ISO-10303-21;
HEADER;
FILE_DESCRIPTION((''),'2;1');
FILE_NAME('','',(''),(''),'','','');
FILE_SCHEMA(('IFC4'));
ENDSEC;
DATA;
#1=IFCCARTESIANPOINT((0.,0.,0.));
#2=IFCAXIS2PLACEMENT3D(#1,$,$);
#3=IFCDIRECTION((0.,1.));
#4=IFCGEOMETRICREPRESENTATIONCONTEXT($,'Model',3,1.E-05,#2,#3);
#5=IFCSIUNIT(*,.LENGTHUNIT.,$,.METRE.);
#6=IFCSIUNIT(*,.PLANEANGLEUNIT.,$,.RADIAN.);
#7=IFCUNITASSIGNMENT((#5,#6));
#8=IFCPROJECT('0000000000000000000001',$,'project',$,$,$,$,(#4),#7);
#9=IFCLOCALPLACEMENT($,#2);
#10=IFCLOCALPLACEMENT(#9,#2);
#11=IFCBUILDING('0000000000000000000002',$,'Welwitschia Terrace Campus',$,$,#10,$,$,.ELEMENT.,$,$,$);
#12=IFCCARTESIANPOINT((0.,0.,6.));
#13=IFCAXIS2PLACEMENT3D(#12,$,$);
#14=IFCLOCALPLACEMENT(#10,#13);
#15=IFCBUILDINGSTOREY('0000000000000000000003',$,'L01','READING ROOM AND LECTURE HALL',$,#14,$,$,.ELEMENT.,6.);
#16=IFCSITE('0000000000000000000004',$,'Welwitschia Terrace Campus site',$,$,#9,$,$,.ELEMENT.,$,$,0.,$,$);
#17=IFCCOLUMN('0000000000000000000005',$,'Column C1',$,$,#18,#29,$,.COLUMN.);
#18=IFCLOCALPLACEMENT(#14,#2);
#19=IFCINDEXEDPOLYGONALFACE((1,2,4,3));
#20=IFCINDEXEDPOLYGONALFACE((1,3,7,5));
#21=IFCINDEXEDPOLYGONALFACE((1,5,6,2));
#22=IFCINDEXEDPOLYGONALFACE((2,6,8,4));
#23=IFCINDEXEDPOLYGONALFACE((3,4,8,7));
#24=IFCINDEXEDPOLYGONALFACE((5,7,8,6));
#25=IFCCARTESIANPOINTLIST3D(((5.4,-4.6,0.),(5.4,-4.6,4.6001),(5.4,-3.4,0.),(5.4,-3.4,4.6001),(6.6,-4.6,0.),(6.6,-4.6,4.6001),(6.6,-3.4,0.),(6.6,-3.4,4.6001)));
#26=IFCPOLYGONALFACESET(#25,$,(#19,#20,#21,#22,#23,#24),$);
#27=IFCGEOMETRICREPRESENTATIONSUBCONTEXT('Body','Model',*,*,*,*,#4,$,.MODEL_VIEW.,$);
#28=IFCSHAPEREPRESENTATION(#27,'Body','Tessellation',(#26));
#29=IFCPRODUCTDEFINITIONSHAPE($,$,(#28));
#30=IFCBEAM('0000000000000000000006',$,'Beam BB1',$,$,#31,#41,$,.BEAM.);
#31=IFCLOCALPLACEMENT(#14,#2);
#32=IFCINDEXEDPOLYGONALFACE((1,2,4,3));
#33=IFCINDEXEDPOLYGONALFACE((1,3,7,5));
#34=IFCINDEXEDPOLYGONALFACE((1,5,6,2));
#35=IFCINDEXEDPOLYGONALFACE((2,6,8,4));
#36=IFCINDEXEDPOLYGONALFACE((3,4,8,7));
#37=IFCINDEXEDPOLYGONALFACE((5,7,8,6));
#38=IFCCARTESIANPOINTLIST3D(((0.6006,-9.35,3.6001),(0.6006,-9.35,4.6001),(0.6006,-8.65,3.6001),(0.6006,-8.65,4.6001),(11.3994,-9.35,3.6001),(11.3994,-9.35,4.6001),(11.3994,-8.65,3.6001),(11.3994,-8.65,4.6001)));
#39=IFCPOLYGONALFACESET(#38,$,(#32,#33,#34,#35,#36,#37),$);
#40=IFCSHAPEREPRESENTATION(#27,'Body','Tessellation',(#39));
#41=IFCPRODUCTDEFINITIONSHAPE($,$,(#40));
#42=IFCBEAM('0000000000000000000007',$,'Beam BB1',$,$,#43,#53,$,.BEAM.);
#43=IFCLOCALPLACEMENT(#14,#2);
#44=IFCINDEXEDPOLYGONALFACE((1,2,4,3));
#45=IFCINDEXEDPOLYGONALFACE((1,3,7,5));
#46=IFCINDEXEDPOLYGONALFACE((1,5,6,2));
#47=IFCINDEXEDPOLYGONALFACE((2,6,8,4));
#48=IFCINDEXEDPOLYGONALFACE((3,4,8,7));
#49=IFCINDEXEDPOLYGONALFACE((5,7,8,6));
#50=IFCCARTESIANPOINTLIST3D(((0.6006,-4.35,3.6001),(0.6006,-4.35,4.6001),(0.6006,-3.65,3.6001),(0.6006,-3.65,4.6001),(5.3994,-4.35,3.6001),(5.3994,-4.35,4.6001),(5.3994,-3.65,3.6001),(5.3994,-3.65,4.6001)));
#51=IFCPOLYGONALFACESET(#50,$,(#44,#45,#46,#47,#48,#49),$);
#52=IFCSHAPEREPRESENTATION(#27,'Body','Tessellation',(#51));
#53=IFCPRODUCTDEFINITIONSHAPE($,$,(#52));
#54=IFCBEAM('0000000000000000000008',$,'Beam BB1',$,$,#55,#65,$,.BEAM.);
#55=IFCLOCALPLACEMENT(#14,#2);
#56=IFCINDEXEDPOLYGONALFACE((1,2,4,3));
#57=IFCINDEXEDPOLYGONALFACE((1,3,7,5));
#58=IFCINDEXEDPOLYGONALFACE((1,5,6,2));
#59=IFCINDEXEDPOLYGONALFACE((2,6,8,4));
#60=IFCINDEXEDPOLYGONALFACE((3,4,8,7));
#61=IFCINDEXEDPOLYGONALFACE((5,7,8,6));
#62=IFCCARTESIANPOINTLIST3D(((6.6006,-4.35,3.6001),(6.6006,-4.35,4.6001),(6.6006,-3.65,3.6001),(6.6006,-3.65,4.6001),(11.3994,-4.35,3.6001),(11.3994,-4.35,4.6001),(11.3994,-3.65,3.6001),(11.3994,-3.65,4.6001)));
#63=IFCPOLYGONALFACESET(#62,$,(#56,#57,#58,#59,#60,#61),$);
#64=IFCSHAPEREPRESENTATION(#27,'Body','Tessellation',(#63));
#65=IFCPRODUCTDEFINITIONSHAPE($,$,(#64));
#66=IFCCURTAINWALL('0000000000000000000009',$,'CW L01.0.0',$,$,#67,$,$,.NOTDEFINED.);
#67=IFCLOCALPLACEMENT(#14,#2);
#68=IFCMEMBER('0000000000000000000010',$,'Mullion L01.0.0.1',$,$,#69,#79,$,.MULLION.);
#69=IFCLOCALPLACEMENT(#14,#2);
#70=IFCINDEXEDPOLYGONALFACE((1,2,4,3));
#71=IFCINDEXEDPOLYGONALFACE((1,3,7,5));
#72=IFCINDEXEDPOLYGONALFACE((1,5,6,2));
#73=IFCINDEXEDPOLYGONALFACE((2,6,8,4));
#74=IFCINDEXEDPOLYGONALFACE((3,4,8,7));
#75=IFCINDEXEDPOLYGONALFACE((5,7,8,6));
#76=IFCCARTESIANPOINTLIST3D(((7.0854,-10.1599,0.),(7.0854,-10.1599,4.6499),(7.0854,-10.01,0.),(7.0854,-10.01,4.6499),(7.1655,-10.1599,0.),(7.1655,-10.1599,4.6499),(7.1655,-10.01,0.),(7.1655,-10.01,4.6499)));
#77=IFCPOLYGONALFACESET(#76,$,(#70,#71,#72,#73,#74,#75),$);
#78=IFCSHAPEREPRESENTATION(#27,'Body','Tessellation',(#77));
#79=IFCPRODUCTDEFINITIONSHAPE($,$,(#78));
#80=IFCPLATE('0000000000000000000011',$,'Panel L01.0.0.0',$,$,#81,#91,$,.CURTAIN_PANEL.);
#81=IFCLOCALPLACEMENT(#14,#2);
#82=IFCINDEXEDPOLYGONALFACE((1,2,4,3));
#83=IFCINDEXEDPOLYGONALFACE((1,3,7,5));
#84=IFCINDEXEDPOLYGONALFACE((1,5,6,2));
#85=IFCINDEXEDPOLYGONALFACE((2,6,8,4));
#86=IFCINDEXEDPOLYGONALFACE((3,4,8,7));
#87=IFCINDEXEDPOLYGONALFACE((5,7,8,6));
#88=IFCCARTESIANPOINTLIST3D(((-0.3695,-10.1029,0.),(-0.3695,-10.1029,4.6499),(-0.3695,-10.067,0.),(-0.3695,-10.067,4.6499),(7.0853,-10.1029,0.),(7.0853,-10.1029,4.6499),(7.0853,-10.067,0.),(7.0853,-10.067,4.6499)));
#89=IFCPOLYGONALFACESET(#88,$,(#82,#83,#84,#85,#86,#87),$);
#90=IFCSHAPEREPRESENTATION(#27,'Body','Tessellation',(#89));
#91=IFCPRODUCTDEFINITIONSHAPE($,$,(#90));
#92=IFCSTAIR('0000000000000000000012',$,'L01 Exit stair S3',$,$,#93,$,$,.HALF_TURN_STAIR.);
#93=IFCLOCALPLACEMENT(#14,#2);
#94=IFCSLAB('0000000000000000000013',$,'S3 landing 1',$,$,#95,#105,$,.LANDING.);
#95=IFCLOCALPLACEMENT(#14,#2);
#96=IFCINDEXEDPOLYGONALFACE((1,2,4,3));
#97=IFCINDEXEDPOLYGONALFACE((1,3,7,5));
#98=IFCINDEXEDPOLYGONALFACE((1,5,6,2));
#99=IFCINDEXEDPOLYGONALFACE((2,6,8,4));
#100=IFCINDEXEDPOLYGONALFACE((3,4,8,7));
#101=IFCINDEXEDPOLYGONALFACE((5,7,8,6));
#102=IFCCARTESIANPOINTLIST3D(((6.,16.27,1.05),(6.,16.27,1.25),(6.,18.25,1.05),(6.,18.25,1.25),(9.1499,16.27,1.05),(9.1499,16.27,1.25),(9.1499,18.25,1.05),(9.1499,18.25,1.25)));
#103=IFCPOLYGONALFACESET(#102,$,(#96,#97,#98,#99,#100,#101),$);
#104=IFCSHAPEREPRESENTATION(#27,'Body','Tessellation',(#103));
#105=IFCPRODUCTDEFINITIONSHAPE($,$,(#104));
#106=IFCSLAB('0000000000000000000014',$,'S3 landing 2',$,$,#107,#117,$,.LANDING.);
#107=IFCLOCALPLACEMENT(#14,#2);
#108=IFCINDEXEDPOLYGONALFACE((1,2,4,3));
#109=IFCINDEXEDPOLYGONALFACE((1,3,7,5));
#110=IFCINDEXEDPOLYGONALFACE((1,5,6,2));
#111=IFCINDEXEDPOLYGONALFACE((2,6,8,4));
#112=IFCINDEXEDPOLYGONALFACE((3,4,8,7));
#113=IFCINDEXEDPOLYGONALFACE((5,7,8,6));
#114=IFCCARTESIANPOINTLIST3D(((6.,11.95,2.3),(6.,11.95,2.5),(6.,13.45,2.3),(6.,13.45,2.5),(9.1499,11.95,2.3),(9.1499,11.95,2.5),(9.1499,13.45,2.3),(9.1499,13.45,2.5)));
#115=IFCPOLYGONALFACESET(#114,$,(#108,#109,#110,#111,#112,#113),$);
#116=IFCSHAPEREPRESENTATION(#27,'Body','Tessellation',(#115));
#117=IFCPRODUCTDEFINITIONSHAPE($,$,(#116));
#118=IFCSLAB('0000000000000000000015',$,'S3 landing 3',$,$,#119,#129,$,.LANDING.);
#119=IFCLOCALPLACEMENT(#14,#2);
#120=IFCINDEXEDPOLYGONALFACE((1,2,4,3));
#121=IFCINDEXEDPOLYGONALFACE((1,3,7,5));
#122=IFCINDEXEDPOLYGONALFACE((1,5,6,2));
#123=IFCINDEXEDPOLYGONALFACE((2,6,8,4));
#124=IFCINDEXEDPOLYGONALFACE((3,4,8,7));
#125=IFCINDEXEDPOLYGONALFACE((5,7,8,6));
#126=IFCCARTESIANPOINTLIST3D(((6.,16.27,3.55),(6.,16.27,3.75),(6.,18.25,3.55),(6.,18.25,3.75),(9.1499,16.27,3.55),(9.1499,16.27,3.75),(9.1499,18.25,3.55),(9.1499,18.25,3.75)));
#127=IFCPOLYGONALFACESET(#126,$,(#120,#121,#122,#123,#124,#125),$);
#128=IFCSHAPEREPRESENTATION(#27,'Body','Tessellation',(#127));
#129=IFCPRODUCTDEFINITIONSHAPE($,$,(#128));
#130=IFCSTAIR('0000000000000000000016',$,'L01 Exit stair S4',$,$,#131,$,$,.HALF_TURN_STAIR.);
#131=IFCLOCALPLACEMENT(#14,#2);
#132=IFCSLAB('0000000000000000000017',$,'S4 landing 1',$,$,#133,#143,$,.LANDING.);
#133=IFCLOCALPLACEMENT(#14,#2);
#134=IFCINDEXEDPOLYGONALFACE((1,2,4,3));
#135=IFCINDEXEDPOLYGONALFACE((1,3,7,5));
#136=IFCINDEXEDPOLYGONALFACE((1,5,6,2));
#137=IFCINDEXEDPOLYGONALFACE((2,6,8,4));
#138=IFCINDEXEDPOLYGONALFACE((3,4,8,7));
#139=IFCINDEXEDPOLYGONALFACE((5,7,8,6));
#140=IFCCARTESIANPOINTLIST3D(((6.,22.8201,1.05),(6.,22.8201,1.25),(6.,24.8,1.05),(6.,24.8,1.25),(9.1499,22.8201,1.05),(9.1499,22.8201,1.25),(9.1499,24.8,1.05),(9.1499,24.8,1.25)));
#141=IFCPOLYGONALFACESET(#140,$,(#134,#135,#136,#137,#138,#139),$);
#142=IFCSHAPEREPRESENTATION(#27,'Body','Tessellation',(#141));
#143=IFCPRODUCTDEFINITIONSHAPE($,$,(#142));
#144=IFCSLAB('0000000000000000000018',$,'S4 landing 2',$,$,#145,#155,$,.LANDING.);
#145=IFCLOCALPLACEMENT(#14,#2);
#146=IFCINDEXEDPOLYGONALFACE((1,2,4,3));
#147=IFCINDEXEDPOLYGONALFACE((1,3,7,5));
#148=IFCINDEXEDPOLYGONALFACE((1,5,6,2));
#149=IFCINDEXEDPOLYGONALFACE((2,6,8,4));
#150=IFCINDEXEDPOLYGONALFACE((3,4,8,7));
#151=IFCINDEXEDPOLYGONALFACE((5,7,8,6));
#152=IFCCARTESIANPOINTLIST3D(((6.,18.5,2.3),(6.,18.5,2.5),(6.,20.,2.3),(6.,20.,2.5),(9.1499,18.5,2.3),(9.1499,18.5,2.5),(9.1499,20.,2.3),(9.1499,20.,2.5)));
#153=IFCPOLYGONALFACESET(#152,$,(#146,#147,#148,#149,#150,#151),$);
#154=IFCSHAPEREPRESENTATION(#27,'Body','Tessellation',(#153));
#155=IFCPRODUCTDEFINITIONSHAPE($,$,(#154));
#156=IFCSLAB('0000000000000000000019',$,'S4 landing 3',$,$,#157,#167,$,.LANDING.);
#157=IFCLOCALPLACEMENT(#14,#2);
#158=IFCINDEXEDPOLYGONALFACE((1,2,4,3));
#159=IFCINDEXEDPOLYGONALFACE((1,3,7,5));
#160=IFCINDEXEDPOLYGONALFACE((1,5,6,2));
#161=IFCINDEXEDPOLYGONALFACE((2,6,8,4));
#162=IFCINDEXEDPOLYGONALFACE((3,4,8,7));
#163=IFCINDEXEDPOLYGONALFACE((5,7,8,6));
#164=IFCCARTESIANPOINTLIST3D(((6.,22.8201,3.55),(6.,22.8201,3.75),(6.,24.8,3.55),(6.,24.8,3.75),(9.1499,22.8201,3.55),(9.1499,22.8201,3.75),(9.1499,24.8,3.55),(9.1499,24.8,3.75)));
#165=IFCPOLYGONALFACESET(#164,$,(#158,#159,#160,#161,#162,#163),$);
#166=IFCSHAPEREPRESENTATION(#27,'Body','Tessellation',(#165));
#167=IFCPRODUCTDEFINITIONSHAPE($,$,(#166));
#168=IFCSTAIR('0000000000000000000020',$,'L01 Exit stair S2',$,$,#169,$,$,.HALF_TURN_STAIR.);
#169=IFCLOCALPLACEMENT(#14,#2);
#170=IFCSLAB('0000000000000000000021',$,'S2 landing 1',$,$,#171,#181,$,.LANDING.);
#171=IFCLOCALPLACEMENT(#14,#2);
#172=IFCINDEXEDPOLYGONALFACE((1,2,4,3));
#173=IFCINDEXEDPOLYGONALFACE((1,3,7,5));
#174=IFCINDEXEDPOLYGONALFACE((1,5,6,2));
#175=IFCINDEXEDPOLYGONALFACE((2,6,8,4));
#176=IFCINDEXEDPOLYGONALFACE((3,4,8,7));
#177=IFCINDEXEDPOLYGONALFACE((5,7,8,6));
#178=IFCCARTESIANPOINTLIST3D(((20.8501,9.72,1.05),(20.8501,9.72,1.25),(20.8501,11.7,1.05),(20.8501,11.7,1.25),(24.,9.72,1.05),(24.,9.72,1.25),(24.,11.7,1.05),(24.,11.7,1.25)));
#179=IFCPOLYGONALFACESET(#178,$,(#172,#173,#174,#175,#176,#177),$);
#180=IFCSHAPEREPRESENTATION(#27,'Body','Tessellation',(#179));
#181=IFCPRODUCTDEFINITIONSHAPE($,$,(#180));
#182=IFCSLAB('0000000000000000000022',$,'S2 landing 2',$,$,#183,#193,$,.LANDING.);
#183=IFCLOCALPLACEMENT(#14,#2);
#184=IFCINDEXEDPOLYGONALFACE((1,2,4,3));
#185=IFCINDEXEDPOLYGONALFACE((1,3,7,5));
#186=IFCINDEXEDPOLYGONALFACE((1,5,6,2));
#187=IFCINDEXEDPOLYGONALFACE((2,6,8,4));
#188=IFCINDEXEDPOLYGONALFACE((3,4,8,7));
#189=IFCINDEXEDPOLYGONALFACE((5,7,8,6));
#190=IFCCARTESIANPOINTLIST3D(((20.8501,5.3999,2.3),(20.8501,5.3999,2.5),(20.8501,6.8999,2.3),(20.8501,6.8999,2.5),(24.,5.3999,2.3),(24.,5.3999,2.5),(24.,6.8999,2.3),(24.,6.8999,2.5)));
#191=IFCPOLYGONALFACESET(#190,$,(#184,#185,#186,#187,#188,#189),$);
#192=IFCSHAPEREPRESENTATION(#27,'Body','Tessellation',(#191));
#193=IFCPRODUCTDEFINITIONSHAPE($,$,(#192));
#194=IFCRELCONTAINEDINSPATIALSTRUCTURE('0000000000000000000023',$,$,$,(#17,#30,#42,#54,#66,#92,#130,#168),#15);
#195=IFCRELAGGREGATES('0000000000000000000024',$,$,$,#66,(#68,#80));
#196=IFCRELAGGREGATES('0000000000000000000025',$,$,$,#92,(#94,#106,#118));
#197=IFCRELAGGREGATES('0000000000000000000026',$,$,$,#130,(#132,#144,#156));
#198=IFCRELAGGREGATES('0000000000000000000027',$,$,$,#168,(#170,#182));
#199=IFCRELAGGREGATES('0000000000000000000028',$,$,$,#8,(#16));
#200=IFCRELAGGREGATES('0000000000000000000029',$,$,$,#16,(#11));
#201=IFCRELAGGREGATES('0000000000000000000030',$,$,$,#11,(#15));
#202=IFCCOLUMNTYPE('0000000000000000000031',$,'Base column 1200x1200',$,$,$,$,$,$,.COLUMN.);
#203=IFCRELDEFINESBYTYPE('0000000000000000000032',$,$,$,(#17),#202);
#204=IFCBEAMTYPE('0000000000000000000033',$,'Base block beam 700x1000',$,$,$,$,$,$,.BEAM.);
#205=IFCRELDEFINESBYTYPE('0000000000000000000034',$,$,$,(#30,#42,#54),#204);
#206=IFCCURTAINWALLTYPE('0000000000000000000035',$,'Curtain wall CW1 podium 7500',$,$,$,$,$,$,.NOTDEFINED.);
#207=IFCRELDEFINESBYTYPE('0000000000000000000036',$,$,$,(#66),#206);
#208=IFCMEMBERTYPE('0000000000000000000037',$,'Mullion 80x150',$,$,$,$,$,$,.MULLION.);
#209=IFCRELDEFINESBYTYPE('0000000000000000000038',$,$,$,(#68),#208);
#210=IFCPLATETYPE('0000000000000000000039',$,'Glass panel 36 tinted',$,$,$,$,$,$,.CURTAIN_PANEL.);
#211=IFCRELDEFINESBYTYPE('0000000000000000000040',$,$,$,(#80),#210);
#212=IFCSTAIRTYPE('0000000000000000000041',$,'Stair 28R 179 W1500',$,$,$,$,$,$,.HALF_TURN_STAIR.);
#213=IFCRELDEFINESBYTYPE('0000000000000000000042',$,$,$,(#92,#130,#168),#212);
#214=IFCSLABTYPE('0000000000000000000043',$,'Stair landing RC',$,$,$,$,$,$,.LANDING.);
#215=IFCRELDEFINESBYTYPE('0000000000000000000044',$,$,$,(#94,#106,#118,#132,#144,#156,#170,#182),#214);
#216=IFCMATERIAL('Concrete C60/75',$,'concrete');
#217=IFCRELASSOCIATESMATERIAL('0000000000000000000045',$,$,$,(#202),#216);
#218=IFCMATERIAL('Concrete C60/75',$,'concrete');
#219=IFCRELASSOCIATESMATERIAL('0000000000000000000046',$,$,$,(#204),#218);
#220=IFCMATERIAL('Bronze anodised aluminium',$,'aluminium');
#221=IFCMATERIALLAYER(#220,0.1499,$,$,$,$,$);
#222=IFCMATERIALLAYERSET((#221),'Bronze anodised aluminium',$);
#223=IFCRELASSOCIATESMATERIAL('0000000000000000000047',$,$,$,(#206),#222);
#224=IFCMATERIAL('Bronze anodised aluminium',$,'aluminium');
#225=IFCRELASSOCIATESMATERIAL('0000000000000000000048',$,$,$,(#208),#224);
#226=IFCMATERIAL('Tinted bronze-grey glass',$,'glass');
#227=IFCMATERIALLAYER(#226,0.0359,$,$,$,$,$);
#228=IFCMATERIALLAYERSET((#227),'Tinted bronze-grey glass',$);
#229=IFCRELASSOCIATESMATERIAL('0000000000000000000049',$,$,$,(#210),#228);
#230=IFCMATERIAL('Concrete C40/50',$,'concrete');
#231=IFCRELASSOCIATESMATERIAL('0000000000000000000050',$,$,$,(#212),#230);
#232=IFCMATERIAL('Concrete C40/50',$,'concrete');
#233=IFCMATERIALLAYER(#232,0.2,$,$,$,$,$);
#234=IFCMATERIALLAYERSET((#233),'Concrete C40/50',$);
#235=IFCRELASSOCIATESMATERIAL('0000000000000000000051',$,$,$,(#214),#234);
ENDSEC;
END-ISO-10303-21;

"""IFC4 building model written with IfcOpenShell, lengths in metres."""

from ifc_helpers import new_model, si_unit, direction, frame, origin, origin_2d, place, context, subcontext, project, spatial, polyline, rectangle, outline, extrude, material, layer, layer_set, material_profile, profile_set, type_object, element, aggregate, save


model = new_model("IFC4")

# Units and contexts
model_context = context("Model", 3, precision=1e-05, world=origin(), true_north=direction((0.0, 1.0)))
body_context = subcontext(model_context, "Body", "Model", "MODEL_VIEW")
ifc_project = project(units=[si_unit("LENGTHUNIT", "METRE"), si_unit("PLANEANGLEUNIT", "RADIAN")], contexts=[model_context])

# Site, building, storey
site_placement = place(None, origin())
site = spatial("IfcSite", under=ifc_project, at=site_placement, Name="Welwitschia Terrace Campus site", CompositionType="ELEMENT", RefElevation=0.0)
building_placement = place(site_placement, origin())
building = spatial("IfcBuilding", under=site, at=building_placement, Name="Welwitschia Terrace Campus", CompositionType="ELEMENT")
storey_placement = place(building_placement, frame((0.0, 0.0, 6.0)))
storey = spatial("IfcBuildingStorey", under=building, at=storey_placement, Name="L01", Description="READING ROOM AND LECTURE HALL", CompositionType="ELEMENT", Elevation=6.0)

# Column
ifc_material_1 = material(Name="Concrete C60/75", Category="concrete")
ifc_material_profile_1 = material_profile(ifc_material_1, rectangle(XDim=1.2, YDim=1.2, at=origin_2d()))
ifc_profile_set_1 = profile_set([ifc_material_profile_1], Name="Concrete C60/75")
column_type = type_object("IfcColumnType", Name="Base column 1200x1200", PredefinedType="COLUMN", material=ifc_profile_set_1)
column_placement = place(storey_placement, frame((6.0, -4.0, 0.0), z_axis=(0.0, 0.0, 1.0), x_axis=(1.0, 0.0, 0.0)))
element("IfcColumn", 1, at=column_placement, inside=storey, type_object=column_type, Name="Column C1", PredefinedType="COLUMN", context=body_context, shape_type="SweptSolid", body=[
    extrude(rectangle(XDim=1.2, YDim=1.2, at=origin_2d()), origin(), (0.0, 0.0, 1.0), 4.6001),
])

# Beams
ifc_material_2 = material(Name="Concrete C60/75", Category="concrete")
ifc_material_profile_2 = material_profile(ifc_material_2, rectangle(XDim=0.7, YDim=1.0, at=origin_2d()))
ifc_profile_set_2 = profile_set([ifc_material_profile_2], Name="Concrete C60/75")
beam_type = type_object("IfcBeamType", Name="Base block beam 700x1000", PredefinedType="BEAM", material=ifc_profile_set_2)
beam_placement = place(storey_placement, frame((0.6006, -9.0, 4.1001), z_axis=(1.0, 0.0, 0.0), x_axis=(0.0, 1.0, 0.0)))
element("IfcBeam", 2, at=beam_placement, inside=storey, type_object=beam_type, Name="Beam BB1", PredefinedType="BEAM", context=body_context, shape_type="SweptSolid", body=[
    extrude(rectangle(XDim=0.7, YDim=1.0, at=origin_2d()), origin(), (0.0, 0.0, 1.0), 10.7988),
])
for number, where, z_axis, x_axis, name in (
    (3, (0.6006, -4.0, 4.1001), (1.0, 0.0, 0.0), (0.0, 1.0, 0.0), "Beam BB1"),
    (4, (6.6006, -4.0, 4.1001), (1.0, 0.0, 0.0), (0.0, 1.0, 0.0), "Beam BB1"),
):
    element("IfcBeam", number, at=place(storey_placement, frame(where, z_axis=z_axis, x_axis=x_axis)), inside=storey, type_object=beam_type, Name=name, PredefinedType="BEAM", context=body_context, shape_type="SweptSolid", body=[
        extrude(rectangle(XDim=0.7, YDim=1.0, at=origin_2d()), origin(), (0.0, 0.0, 1.0), 4.7988),
    ])

# Curtain wall, member, plate
ifc_material_3 = material(Name="Bronze anodised aluminium", Category="aluminium")
ifc_layer_1 = layer(ifc_material_3, 0.1499)
ifc_layer_set_1 = layer_set([ifc_layer_1], Name="Bronze anodised aluminium")
curtain_wall_type = type_object("IfcCurtainWallType", Name="Curtain wall CW1 podium 7500", PredefinedType="NOTDEFINED", material=ifc_layer_set_1)
curtain_wall_placement = place(storey_placement, origin())
curtain_wall = element("IfcCurtainWall", 5, at=curtain_wall_placement, inside=storey, type_object=curtain_wall_type, Name="CW L01.0.0", PredefinedType="NOTDEFINED")
ifc_material_4 = material(Name="Bronze anodised aluminium", Category="aluminium")
ifc_material_profile_3 = material_profile(ifc_material_4, rectangle(XDim=0.1499, YDim=0.0801, at=origin_2d()))
ifc_profile_set_3 = profile_set([ifc_material_profile_3], Name="Bronze anodised aluminium")
member_type = type_object("IfcMemberType", Name="Mullion 80x150", PredefinedType="MULLION", material=ifc_profile_set_3)
member_placement = place(storey_placement, frame((7.1255, -10.085, 0.0), z_axis=(0.0, 0.0, 1.0), x_axis=(0.0, 1.0, 0.0)))
member = element("IfcMember", 6, at=member_placement, type_object=member_type, Name="Mullion L01.0.0.1", PredefinedType="MULLION", context=body_context, shape_type="SweptSolid", body=[
    extrude(rectangle(XDim=0.1499, YDim=0.0801, at=origin_2d()), origin(), (0.0, 0.0, 1.0), 4.6499),
])
ifc_material_5 = material(Name="Tinted bronze-grey glass", Category="glass")
ifc_layer_2 = layer(ifc_material_5, 0.0359)
ifc_layer_set_2 = layer_set([ifc_layer_2], Name="Tinted bronze-grey glass")
plate_type = type_object("IfcPlateType", Name="Glass panel 36 tinted", PredefinedType="CURTAIN_PANEL", material=ifc_layer_set_2)
plate_placement = place(storey_placement, frame((3.3579, -10.085, 0.0), z_axis=(0.0, 0.0, 1.0), x_axis=(1.0, 0.0, 0.0)))
plate = element("IfcPlate", 7, at=plate_placement, type_object=plate_type, Name="Panel L01.0.0.0", PredefinedType="CURTAIN_PANEL", context=body_context, shape_type="SweptSolid", body=[
    extrude(rectangle(XDim=7.4548, YDim=0.0359, at=origin_2d()), origin(), (0.0, 0.0, 1.0), 4.6499),
])
aggregate(curtain_wall, [member, plate])

# Stairs, slabs
ifc_material_6 = material(Name="Concrete C40/50", Category="concrete")
stair_type = type_object("IfcStairType", Name="Stair 28R 179 W1500", PredefinedType="HALF_TURN_STAIR", material=ifc_material_6)
stair_1_placement = place(storey_placement, origin())
stair_1 = element("IfcStair", 8, at=stair_1_placement, inside=storey, type_object=stair_type, Name="L01 Exit stair S3", PredefinedType="HALF_TURN_STAIR")
ifc_material_7 = material(Name="Concrete C40/50", Category="concrete")
ifc_layer_3 = layer(ifc_material_7, 0.2)
ifc_layer_set_3 = layer_set([ifc_layer_3], Name="Concrete C40/50")
slab_type = type_object("IfcSlabType", Name="Stair landing RC", PredefinedType="LANDING", material=ifc_layer_set_3)
slab_1_placement = place(storey_placement, frame((0.0, 0.0, 1.05)))
slab_1 = element("IfcSlab", 9, at=slab_1_placement, type_object=slab_type, Name="S3 landing 1", PredefinedType="LANDING", context=body_context, shape_type="SweptSolid", body=[
    extrude(outline(polyline([(9.1499, 16.27), (9.1499, 18.25), (6.0, 18.25), (6.0, 16.27), (9.1499, 16.27)])), origin(), (0.0, 0.0, 1.0), 0.2),
])
slab_2_placement = place(storey_placement, frame((0.0, 0.0, 2.3)))
slab_2 = element("IfcSlab", 10, at=slab_2_placement, type_object=slab_type, Name="S3 landing 2", PredefinedType="LANDING", context=body_context, shape_type="SweptSolid", body=[
    extrude(outline(polyline([(9.1499, 11.95), (9.1499, 13.45), (6.0, 13.45), (6.0, 11.95), (9.1499, 11.95)])), origin(), (0.0, 0.0, 1.0), 0.2),
])
slab_3_placement = place(storey_placement, frame((0.0, 0.0, 3.55)))
slab_3 = element("IfcSlab", 11, at=slab_3_placement, type_object=slab_type, Name="S3 landing 3", PredefinedType="LANDING", context=body_context, shape_type="SweptSolid", body=[
    extrude(outline(polyline([(9.1499, 16.27), (9.1499, 18.25), (6.0, 18.25), (6.0, 16.27), (9.1499, 16.27)])), origin(), (0.0, 0.0, 1.0), 0.2),
])
aggregate(stair_1, [slab_1, slab_2, slab_3])
stair_2_placement = place(storey_placement, origin())
stair_2 = element("IfcStair", 12, at=stair_2_placement, inside=storey, type_object=stair_type, Name="L01 Exit stair S4", PredefinedType="HALF_TURN_STAIR")
slab_4_placement = place(storey_placement, frame((0.0, 0.0, 1.05)))
slab_4 = element("IfcSlab", 13, at=slab_4_placement, type_object=slab_type, Name="S4 landing 1", PredefinedType="LANDING", context=body_context, shape_type="SweptSolid", body=[
    extrude(outline(polyline([(9.1499, 22.8201), (9.1499, 24.8), (6.0, 24.8), (6.0, 22.8201), (9.1499, 22.8201)])), origin(), (0.0, 0.0, 1.0), 0.2),
])
slab_5_placement = place(storey_placement, frame((0.0, 0.0, 2.3)))
slab_5 = element("IfcSlab", 14, at=slab_5_placement, type_object=slab_type, Name="S4 landing 2", PredefinedType="LANDING", context=body_context, shape_type="SweptSolid", body=[
    extrude(outline(polyline([(9.1499, 18.5), (9.1499, 20.0), (6.0, 20.0), (6.0, 18.5), (9.1499, 18.5)])), origin(), (0.0, 0.0, 1.0), 0.2),
])
slab_6_placement = place(storey_placement, frame((0.0, 0.0, 3.55)))
slab_6 = element("IfcSlab", 15, at=slab_6_placement, type_object=slab_type, Name="S4 landing 3", PredefinedType="LANDING", context=body_context, shape_type="SweptSolid", body=[
    extrude(outline(polyline([(9.1499, 22.8201), (9.1499, 24.8), (6.0, 24.8), (6.0, 22.8201), (9.1499, 22.8201)])), origin(), (0.0, 0.0, 1.0), 0.2),
])
aggregate(stair_2, [slab_4, slab_5, slab_6])
stair_3_placement = place(storey_placement, origin())
stair_3 = element("IfcStair", 16, at=stair_3_placement, inside=storey, type_object=stair_type, Name="L01 Exit stair S2", PredefinedType="HALF_TURN_STAIR")
slab_7_placement = place(storey_placement, frame((0.0, 0.0, 1.05)))
slab_7 = element("IfcSlab", 17, at=slab_7_placement, type_object=slab_type, Name="S2 landing 1", PredefinedType="LANDING", context=body_context, shape_type="SweptSolid", body=[
    extrude(outline(polyline([(24.0, 9.72), (24.0, 11.7), (20.8501, 11.7), (20.8501, 9.72), (24.0, 9.72)])), origin(), (0.0, 0.0, 1.0), 0.2),
])
slab_8_placement = place(storey_placement, frame((0.0, 0.0, 2.3)))
slab_8 = element("IfcSlab", 18, at=slab_8_placement, type_object=slab_type, Name="S2 landing 2", PredefinedType="LANDING", context=body_context, shape_type="SweptSolid", body=[
    extrude(outline(polyline([(24.0, 5.3999), (24.0, 6.8999), (20.8501, 6.8999), (20.8501, 5.3999), (24.0, 5.3999)])), origin(), (0.0, 0.0, 1.0), 0.2),
])
aggregate(stair_3, [slab_7, slab_8])

save(model, "model.ifc")
